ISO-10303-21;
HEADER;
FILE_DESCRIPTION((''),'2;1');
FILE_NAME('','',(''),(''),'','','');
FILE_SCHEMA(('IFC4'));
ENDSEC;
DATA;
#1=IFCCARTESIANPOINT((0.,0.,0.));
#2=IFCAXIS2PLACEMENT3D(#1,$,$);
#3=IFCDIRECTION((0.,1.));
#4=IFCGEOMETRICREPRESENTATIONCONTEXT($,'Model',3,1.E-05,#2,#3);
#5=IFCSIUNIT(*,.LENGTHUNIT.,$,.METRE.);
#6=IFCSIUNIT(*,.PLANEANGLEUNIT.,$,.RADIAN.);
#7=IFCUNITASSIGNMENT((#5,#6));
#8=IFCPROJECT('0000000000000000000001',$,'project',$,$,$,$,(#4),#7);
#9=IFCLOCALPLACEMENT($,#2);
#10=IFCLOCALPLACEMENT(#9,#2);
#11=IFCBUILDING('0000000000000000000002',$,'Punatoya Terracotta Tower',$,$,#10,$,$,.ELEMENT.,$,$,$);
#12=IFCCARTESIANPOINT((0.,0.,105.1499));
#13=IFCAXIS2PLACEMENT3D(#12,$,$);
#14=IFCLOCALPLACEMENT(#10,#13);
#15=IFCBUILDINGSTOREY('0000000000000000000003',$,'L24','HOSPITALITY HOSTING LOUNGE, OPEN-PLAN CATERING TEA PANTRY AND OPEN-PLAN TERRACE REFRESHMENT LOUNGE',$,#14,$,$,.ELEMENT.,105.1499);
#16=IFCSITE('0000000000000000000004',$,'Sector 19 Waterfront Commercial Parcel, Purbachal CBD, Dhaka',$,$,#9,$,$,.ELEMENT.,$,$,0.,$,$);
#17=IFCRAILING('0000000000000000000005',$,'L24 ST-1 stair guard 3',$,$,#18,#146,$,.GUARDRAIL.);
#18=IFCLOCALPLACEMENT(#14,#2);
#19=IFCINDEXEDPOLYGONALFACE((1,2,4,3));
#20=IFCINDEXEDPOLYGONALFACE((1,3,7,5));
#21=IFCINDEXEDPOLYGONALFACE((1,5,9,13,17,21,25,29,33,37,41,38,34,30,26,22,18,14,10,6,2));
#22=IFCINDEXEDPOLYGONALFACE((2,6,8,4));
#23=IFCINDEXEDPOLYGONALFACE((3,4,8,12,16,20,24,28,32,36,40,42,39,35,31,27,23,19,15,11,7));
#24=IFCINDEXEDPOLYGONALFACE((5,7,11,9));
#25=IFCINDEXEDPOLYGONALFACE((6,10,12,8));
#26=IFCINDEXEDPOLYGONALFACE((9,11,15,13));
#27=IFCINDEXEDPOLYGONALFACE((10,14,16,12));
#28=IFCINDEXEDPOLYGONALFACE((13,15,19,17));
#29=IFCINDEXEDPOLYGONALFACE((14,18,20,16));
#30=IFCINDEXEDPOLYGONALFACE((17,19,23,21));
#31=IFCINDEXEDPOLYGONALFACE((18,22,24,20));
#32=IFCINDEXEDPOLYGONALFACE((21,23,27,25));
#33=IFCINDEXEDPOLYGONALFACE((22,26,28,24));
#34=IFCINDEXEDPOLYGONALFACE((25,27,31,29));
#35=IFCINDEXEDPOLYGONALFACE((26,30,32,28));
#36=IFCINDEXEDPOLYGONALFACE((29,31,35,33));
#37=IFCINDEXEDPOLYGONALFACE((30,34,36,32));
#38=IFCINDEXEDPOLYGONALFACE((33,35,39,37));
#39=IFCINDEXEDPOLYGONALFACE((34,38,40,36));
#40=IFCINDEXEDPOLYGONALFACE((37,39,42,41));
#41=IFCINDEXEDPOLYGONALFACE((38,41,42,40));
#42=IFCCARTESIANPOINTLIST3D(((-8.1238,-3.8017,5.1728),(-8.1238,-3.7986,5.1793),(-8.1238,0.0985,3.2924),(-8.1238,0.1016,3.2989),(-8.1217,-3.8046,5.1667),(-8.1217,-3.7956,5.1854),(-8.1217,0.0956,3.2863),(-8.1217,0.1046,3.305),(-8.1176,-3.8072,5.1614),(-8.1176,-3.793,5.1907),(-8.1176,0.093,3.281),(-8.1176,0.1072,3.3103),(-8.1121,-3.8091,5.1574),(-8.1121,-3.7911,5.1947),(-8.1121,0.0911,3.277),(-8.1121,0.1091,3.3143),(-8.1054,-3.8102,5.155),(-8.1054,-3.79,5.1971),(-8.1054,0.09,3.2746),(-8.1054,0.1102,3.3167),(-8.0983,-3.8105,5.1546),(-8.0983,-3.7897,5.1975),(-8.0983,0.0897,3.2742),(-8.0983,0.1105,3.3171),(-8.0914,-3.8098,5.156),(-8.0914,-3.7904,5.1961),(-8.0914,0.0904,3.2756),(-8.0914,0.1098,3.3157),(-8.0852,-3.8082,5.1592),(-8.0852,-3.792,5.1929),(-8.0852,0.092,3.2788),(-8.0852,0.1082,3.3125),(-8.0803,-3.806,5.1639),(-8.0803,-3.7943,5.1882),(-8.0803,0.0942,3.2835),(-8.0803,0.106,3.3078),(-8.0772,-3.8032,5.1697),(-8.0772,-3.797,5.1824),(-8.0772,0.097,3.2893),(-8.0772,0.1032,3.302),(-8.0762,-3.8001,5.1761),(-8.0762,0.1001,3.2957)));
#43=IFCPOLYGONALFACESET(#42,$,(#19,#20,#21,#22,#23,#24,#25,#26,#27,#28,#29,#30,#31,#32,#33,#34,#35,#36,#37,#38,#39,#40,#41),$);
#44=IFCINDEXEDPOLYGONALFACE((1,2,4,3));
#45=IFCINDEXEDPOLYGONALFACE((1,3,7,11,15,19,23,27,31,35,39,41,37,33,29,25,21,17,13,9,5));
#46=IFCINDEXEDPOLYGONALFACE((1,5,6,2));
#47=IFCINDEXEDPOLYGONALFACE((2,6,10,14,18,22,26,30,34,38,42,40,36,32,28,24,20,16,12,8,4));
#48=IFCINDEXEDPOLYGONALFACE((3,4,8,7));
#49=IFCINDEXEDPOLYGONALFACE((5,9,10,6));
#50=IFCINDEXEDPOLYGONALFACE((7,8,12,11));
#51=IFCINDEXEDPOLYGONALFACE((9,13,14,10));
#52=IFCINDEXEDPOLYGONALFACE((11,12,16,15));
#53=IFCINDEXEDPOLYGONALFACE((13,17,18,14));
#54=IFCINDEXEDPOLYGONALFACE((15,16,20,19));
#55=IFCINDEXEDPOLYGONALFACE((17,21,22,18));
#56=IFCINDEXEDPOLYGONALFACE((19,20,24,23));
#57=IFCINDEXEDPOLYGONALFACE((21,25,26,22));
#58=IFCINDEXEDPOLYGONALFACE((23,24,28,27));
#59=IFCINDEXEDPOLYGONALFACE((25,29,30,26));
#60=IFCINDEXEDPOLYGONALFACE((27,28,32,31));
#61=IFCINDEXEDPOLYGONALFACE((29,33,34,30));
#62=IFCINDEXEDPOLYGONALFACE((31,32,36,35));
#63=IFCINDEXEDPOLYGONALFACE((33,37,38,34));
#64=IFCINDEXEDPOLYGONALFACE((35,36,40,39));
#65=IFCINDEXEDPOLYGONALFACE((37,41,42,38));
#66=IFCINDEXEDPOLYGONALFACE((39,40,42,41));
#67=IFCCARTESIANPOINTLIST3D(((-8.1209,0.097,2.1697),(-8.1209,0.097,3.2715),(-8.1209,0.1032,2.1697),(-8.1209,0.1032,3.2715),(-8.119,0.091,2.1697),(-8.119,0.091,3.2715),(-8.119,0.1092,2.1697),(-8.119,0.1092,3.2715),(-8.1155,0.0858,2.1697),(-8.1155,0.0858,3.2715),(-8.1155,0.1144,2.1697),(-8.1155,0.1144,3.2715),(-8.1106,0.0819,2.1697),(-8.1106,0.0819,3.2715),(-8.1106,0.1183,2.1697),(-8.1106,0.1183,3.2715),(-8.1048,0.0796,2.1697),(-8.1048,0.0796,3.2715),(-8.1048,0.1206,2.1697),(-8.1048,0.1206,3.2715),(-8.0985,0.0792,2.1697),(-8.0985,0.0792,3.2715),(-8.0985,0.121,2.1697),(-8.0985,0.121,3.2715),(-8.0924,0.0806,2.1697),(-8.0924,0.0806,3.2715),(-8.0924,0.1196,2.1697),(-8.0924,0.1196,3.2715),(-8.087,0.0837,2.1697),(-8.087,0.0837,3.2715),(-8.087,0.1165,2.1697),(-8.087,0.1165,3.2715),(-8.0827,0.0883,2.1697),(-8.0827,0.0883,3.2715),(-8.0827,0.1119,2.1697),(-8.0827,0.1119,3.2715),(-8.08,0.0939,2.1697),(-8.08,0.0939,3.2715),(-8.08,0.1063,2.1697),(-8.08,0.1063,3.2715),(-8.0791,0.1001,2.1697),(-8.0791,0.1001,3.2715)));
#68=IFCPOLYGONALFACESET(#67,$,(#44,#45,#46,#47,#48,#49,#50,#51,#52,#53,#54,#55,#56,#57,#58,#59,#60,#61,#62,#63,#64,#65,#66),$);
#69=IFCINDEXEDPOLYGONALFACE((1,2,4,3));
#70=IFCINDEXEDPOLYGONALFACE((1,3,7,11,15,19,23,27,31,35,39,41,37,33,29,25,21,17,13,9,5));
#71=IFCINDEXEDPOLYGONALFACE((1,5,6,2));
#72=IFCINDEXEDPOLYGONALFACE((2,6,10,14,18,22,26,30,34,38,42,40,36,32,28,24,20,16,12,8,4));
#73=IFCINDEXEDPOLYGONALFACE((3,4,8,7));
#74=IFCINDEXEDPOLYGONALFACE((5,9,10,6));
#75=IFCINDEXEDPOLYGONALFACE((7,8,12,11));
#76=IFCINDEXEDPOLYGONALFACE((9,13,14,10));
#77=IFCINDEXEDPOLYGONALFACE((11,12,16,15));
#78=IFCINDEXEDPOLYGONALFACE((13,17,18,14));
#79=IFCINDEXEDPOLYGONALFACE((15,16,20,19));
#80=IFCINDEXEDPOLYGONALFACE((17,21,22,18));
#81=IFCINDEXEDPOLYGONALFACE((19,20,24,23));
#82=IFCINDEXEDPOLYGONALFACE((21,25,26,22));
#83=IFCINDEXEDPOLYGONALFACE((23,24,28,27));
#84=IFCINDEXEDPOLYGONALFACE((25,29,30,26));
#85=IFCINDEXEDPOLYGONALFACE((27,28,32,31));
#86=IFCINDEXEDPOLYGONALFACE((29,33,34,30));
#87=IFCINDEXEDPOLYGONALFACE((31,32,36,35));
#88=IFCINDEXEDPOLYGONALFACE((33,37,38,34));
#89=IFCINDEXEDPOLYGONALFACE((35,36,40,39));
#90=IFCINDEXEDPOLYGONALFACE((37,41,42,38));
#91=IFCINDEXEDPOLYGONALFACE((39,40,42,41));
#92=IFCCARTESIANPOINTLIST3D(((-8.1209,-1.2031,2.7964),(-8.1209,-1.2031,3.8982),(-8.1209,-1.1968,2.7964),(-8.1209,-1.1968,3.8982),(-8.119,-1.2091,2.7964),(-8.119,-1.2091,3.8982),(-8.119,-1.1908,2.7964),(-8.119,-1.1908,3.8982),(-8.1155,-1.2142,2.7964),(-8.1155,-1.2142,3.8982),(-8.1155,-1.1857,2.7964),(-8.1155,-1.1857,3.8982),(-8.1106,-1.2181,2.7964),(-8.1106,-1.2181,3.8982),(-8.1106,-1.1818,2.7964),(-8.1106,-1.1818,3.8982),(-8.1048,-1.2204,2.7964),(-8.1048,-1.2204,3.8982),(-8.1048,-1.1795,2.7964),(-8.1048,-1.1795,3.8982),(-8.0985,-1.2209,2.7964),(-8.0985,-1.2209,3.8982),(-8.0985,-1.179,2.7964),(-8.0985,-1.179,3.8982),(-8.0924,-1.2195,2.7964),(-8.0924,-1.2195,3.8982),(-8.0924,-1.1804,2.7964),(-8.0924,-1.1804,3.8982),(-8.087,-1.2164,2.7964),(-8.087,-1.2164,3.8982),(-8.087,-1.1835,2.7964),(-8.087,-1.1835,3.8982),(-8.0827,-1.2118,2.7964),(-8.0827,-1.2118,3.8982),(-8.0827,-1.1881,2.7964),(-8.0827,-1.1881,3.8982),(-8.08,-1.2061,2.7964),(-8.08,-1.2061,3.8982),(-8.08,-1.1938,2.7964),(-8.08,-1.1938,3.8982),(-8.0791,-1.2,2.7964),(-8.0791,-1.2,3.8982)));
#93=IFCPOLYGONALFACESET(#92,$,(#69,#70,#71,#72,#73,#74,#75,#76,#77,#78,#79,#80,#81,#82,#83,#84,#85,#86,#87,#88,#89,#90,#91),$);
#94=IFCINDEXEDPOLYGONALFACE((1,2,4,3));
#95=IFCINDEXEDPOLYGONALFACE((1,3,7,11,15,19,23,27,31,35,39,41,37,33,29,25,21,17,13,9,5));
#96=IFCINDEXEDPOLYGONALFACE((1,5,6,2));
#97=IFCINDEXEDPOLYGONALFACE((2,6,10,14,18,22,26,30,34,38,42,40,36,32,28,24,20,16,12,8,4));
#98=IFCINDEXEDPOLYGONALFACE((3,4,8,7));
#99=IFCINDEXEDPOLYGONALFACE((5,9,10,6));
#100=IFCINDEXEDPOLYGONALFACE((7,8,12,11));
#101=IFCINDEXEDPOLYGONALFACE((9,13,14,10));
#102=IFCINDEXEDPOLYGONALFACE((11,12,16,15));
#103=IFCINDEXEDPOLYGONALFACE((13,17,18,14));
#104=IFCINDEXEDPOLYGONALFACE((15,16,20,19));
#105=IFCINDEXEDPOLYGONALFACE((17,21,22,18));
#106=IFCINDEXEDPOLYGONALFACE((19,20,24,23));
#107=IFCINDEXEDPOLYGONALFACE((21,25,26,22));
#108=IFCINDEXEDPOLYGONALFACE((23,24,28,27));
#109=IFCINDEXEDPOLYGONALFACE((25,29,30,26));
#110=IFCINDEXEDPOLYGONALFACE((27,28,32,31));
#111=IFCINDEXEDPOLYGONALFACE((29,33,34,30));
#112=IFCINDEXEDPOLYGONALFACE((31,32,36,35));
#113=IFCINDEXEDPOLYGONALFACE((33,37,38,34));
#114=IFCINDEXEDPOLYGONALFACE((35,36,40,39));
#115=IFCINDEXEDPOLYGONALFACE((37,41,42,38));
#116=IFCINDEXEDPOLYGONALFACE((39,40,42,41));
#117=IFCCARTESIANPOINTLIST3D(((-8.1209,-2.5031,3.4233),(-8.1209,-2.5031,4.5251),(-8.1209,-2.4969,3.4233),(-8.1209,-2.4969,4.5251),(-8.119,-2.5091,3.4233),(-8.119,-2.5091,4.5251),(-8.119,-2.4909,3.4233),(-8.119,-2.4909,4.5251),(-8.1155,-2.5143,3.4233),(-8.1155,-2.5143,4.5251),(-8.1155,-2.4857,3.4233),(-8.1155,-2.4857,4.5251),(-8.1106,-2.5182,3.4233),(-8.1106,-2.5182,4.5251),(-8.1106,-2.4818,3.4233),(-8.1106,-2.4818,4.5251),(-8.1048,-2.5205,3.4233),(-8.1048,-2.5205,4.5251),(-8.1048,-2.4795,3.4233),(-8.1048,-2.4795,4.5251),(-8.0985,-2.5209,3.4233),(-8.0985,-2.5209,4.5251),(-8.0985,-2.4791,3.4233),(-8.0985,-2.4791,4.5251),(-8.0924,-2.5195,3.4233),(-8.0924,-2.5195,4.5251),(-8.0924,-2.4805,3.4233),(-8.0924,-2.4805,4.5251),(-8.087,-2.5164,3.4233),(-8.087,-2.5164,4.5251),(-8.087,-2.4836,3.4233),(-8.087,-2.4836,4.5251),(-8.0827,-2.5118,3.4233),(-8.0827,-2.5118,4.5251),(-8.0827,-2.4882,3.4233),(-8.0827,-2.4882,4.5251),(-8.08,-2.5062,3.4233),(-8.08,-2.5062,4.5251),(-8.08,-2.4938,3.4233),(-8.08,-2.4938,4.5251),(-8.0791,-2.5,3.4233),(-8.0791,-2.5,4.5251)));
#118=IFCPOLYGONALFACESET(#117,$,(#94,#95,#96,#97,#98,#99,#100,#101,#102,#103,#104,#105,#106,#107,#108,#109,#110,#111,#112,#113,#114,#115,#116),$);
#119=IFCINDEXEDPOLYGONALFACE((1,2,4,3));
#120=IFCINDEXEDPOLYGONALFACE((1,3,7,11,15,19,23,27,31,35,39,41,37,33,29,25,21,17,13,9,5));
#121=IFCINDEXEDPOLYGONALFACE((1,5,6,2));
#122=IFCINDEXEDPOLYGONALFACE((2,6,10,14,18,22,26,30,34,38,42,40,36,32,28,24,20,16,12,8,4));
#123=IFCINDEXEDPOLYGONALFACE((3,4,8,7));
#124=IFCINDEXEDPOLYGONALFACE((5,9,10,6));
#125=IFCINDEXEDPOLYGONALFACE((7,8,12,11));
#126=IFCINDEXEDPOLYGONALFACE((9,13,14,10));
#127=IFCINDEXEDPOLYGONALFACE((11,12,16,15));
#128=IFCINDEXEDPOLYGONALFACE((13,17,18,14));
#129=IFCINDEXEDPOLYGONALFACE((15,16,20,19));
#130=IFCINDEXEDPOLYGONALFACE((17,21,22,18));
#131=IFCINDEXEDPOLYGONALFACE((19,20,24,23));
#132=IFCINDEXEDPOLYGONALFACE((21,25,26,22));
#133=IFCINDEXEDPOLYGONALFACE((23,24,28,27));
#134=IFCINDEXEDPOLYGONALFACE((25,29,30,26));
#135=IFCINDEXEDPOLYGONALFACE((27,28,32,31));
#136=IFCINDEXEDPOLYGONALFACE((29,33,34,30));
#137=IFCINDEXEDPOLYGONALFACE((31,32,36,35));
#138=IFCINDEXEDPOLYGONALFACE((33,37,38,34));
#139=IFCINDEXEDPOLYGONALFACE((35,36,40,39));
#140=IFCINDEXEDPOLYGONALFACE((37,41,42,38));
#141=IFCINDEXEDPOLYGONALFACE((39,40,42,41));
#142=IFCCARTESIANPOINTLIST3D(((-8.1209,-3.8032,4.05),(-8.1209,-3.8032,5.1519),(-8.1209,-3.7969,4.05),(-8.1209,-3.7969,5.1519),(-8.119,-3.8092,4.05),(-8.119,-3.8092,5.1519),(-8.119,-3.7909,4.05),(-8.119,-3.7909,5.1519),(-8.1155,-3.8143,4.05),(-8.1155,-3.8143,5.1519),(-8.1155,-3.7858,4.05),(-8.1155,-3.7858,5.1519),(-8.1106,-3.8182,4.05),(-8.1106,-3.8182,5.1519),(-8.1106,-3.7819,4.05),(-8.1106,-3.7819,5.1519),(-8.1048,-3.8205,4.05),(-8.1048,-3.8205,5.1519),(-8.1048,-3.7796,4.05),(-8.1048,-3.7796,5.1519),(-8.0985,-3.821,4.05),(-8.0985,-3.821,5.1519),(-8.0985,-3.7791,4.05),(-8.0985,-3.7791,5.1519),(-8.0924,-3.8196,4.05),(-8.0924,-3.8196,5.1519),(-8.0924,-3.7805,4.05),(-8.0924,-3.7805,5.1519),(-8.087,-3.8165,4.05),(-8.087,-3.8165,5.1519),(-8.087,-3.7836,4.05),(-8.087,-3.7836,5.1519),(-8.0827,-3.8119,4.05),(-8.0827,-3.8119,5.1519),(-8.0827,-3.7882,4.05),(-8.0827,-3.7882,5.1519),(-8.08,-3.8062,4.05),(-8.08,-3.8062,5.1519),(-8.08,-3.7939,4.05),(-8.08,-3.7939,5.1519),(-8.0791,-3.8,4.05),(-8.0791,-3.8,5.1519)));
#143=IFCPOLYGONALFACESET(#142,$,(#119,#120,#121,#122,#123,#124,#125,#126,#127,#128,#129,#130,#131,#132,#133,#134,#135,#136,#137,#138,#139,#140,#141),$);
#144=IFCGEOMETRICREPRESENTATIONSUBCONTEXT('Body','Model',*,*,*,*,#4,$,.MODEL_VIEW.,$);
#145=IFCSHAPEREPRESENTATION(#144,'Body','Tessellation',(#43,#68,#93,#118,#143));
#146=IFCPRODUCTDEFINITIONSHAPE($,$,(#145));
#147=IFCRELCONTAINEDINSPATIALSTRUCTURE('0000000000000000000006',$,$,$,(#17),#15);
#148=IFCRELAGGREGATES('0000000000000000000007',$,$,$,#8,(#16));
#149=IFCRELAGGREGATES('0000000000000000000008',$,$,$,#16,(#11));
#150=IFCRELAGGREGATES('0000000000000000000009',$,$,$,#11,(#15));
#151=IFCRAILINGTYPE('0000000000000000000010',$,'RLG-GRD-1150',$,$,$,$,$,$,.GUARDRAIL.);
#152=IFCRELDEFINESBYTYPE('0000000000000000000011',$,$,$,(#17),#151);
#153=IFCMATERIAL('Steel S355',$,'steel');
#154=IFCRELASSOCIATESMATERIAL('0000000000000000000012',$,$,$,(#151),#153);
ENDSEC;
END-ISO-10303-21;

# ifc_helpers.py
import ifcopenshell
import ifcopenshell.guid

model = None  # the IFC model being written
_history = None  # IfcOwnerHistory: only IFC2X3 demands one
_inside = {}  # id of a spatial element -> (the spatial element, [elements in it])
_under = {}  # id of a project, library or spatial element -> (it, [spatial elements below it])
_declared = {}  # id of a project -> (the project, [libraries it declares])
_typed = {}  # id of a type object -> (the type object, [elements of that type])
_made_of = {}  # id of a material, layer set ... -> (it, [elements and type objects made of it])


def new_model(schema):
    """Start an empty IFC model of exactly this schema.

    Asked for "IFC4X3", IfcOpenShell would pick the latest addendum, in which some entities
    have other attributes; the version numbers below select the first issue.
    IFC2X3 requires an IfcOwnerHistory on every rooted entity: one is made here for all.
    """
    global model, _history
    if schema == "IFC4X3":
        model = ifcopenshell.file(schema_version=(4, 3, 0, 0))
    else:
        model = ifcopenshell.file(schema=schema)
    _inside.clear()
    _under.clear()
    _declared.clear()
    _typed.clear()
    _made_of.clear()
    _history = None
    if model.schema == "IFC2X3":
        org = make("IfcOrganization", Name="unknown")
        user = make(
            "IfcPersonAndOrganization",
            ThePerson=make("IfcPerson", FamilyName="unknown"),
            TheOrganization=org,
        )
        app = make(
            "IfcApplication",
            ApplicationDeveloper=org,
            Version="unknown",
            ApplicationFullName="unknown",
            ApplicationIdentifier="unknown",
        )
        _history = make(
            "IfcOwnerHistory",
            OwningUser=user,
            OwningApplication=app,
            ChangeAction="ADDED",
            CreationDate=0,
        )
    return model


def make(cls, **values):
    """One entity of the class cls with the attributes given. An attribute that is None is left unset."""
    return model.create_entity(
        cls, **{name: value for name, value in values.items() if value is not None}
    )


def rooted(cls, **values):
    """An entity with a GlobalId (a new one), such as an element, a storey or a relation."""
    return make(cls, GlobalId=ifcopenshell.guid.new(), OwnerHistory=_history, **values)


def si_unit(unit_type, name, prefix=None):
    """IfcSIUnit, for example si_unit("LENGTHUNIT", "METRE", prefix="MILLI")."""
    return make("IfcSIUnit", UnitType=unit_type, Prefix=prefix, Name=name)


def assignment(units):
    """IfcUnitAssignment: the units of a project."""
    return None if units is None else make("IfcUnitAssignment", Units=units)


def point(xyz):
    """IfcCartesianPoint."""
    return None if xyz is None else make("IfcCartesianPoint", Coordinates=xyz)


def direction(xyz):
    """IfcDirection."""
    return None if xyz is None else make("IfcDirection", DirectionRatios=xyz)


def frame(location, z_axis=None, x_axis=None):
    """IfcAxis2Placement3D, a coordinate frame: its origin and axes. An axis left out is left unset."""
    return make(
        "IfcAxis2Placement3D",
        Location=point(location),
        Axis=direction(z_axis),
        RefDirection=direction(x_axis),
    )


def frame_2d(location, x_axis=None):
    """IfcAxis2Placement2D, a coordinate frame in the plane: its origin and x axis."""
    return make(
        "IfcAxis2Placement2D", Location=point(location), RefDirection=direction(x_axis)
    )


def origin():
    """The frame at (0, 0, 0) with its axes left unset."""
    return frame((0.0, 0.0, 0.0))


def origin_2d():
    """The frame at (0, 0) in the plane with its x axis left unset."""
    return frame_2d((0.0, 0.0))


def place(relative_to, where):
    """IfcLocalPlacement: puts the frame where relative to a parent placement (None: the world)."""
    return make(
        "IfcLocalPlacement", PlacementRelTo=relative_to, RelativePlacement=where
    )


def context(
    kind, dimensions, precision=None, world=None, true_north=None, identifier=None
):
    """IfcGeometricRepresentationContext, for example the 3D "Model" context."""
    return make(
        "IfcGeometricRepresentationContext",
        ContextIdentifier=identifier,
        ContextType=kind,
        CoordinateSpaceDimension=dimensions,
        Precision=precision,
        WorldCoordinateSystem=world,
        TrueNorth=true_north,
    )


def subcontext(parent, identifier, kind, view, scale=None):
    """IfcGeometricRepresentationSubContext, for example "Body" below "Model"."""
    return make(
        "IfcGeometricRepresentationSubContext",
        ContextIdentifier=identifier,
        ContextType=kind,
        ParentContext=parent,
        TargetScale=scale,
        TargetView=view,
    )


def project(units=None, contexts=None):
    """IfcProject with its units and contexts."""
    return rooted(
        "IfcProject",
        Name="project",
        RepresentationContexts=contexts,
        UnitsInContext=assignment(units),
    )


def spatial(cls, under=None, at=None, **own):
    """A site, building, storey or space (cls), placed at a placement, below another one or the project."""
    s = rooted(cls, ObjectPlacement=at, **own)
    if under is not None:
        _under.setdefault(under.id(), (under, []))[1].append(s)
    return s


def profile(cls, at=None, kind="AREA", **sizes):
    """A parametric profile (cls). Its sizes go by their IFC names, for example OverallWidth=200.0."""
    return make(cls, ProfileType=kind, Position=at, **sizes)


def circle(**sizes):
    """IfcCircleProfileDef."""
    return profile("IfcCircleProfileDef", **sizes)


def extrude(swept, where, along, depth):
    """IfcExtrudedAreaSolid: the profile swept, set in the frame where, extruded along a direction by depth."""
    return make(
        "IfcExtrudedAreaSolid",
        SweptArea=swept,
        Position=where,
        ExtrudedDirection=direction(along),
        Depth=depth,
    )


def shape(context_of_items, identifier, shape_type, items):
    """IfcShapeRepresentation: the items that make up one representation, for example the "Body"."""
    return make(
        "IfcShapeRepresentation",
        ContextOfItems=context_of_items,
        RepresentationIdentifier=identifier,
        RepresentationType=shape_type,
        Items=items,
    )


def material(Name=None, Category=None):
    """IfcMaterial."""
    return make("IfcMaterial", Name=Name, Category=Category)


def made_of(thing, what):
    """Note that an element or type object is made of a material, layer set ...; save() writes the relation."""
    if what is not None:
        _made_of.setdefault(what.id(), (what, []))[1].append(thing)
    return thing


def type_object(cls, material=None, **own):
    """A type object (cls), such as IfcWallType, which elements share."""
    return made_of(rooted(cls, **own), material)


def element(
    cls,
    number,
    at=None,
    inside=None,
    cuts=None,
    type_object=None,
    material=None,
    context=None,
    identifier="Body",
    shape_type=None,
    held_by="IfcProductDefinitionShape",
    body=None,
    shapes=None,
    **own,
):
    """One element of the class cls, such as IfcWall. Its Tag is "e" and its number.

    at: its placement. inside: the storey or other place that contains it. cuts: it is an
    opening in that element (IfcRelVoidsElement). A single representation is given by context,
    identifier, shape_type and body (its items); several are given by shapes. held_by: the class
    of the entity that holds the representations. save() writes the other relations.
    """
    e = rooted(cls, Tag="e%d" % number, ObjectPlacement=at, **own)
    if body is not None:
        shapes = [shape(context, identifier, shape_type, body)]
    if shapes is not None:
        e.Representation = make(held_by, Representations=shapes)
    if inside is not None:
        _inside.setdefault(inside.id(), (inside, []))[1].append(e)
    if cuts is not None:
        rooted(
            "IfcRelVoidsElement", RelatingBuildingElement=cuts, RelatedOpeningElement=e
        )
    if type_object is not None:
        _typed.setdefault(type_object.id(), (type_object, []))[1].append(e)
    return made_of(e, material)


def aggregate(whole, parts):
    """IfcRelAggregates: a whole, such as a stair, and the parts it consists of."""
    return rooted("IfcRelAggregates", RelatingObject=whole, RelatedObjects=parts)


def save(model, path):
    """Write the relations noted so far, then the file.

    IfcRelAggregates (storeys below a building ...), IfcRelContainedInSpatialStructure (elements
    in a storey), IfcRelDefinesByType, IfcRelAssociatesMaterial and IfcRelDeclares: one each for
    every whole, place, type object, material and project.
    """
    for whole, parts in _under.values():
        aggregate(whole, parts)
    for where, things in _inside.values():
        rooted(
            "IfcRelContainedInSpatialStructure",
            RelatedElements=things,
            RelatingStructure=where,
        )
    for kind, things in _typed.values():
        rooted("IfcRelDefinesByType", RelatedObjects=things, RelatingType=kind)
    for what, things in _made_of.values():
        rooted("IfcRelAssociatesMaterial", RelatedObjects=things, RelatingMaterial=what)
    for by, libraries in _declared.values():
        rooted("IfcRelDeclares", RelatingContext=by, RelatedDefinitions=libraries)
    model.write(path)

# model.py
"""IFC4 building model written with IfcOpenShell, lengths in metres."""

from ifc_helpers import new_model, si_unit, direction, frame, origin, origin_2d, place, context, subcontext, project, spatial, circle, extrude, material, type_object, element, save


model = new_model("IFC4")

# Units and contexts
model_context = context("Model", 3, precision=1e-05, world=origin(), true_north=direction((0.0, 1.0)))
body_context = subcontext(model_context, "Body", "Model", "MODEL_VIEW")
ifc_project = project(units=[si_unit("LENGTHUNIT", "METRE"), si_unit("PLANEANGLEUNIT", "RADIAN")], contexts=[model_context])

# Site, building, storey
site_placement = place(None, origin())
site = spatial("IfcSite", under=ifc_project, at=site_placement, Name="Sector 19 Waterfront Commercial Parcel, Purbachal CBD, Dhaka", CompositionType="ELEMENT", RefElevation=0.0)
building_placement = place(site_placement, origin())
building = spatial("IfcBuilding", under=site, at=building_placement, Name="Punatoya Terracotta Tower", CompositionType="ELEMENT")
storey_placement = place(building_placement, frame((0.0, 0.0, 105.1499)))
storey = spatial("IfcBuildingStorey", under=building, at=storey_placement, Name="L24", Description="HOSPITALITY HOSTING LOUNGE, OPEN-PLAN CATERING TEA PANTRY AND OPEN-PLAN TERRACE REFRESHMENT LOUNGE", CompositionType="ELEMENT", Elevation=105.1499)

# Shared definitions
ifc_material_1 = material(Name="Steel S355", Category="steel")

# Railing
railing_type_1 = type_object("IfcRailingType", Name="RLG-GRD-1150", PredefinedType="GUARDRAIL", material=ifc_material_1)
railing_1_placement = place(storey_placement, frame((-8.1001, 0.1001, 2.1697)))
element("IfcRailing", 1, at=railing_1_placement, inside=storey, type_object=railing_type_1, Name="L24 ST-1 stair guard 3", PredefinedType="GUARDRAIL", context=body_context, shape_type="SweptSolid", body=[
    extrude(circle(Radius=0.0239, at=origin_2d()), frame((0.0, 0.0, 1.126), z_axis=(0.0, -0.900774, 0.434289), x_axis=(1.0, 0.0, 0.0)), (0.0, 0.0, 1.0), 4.3298),
    extrude(circle(Radius=0.021, at=origin_2d()), origin(), (0.0, 0.0, 1.0), 1.1018),
    extrude(circle(Radius=0.021, at=origin_2d()), frame((0.0, -1.3, 0.6267)), (0.0, 0.0, 1.0), 1.1018),
    extrude(circle(Radius=0.021, at=origin_2d()), frame((0.0, -2.6001, 1.2537)), (0.0, 0.0, 1.0), 1.1018),
    extrude(circle(Radius=0.021, at=origin_2d()), frame((0.0, -3.9001, 1.8804)), (0.0, 0.0, 1.0), 1.1018),
])

save(model, "model.ifc")
